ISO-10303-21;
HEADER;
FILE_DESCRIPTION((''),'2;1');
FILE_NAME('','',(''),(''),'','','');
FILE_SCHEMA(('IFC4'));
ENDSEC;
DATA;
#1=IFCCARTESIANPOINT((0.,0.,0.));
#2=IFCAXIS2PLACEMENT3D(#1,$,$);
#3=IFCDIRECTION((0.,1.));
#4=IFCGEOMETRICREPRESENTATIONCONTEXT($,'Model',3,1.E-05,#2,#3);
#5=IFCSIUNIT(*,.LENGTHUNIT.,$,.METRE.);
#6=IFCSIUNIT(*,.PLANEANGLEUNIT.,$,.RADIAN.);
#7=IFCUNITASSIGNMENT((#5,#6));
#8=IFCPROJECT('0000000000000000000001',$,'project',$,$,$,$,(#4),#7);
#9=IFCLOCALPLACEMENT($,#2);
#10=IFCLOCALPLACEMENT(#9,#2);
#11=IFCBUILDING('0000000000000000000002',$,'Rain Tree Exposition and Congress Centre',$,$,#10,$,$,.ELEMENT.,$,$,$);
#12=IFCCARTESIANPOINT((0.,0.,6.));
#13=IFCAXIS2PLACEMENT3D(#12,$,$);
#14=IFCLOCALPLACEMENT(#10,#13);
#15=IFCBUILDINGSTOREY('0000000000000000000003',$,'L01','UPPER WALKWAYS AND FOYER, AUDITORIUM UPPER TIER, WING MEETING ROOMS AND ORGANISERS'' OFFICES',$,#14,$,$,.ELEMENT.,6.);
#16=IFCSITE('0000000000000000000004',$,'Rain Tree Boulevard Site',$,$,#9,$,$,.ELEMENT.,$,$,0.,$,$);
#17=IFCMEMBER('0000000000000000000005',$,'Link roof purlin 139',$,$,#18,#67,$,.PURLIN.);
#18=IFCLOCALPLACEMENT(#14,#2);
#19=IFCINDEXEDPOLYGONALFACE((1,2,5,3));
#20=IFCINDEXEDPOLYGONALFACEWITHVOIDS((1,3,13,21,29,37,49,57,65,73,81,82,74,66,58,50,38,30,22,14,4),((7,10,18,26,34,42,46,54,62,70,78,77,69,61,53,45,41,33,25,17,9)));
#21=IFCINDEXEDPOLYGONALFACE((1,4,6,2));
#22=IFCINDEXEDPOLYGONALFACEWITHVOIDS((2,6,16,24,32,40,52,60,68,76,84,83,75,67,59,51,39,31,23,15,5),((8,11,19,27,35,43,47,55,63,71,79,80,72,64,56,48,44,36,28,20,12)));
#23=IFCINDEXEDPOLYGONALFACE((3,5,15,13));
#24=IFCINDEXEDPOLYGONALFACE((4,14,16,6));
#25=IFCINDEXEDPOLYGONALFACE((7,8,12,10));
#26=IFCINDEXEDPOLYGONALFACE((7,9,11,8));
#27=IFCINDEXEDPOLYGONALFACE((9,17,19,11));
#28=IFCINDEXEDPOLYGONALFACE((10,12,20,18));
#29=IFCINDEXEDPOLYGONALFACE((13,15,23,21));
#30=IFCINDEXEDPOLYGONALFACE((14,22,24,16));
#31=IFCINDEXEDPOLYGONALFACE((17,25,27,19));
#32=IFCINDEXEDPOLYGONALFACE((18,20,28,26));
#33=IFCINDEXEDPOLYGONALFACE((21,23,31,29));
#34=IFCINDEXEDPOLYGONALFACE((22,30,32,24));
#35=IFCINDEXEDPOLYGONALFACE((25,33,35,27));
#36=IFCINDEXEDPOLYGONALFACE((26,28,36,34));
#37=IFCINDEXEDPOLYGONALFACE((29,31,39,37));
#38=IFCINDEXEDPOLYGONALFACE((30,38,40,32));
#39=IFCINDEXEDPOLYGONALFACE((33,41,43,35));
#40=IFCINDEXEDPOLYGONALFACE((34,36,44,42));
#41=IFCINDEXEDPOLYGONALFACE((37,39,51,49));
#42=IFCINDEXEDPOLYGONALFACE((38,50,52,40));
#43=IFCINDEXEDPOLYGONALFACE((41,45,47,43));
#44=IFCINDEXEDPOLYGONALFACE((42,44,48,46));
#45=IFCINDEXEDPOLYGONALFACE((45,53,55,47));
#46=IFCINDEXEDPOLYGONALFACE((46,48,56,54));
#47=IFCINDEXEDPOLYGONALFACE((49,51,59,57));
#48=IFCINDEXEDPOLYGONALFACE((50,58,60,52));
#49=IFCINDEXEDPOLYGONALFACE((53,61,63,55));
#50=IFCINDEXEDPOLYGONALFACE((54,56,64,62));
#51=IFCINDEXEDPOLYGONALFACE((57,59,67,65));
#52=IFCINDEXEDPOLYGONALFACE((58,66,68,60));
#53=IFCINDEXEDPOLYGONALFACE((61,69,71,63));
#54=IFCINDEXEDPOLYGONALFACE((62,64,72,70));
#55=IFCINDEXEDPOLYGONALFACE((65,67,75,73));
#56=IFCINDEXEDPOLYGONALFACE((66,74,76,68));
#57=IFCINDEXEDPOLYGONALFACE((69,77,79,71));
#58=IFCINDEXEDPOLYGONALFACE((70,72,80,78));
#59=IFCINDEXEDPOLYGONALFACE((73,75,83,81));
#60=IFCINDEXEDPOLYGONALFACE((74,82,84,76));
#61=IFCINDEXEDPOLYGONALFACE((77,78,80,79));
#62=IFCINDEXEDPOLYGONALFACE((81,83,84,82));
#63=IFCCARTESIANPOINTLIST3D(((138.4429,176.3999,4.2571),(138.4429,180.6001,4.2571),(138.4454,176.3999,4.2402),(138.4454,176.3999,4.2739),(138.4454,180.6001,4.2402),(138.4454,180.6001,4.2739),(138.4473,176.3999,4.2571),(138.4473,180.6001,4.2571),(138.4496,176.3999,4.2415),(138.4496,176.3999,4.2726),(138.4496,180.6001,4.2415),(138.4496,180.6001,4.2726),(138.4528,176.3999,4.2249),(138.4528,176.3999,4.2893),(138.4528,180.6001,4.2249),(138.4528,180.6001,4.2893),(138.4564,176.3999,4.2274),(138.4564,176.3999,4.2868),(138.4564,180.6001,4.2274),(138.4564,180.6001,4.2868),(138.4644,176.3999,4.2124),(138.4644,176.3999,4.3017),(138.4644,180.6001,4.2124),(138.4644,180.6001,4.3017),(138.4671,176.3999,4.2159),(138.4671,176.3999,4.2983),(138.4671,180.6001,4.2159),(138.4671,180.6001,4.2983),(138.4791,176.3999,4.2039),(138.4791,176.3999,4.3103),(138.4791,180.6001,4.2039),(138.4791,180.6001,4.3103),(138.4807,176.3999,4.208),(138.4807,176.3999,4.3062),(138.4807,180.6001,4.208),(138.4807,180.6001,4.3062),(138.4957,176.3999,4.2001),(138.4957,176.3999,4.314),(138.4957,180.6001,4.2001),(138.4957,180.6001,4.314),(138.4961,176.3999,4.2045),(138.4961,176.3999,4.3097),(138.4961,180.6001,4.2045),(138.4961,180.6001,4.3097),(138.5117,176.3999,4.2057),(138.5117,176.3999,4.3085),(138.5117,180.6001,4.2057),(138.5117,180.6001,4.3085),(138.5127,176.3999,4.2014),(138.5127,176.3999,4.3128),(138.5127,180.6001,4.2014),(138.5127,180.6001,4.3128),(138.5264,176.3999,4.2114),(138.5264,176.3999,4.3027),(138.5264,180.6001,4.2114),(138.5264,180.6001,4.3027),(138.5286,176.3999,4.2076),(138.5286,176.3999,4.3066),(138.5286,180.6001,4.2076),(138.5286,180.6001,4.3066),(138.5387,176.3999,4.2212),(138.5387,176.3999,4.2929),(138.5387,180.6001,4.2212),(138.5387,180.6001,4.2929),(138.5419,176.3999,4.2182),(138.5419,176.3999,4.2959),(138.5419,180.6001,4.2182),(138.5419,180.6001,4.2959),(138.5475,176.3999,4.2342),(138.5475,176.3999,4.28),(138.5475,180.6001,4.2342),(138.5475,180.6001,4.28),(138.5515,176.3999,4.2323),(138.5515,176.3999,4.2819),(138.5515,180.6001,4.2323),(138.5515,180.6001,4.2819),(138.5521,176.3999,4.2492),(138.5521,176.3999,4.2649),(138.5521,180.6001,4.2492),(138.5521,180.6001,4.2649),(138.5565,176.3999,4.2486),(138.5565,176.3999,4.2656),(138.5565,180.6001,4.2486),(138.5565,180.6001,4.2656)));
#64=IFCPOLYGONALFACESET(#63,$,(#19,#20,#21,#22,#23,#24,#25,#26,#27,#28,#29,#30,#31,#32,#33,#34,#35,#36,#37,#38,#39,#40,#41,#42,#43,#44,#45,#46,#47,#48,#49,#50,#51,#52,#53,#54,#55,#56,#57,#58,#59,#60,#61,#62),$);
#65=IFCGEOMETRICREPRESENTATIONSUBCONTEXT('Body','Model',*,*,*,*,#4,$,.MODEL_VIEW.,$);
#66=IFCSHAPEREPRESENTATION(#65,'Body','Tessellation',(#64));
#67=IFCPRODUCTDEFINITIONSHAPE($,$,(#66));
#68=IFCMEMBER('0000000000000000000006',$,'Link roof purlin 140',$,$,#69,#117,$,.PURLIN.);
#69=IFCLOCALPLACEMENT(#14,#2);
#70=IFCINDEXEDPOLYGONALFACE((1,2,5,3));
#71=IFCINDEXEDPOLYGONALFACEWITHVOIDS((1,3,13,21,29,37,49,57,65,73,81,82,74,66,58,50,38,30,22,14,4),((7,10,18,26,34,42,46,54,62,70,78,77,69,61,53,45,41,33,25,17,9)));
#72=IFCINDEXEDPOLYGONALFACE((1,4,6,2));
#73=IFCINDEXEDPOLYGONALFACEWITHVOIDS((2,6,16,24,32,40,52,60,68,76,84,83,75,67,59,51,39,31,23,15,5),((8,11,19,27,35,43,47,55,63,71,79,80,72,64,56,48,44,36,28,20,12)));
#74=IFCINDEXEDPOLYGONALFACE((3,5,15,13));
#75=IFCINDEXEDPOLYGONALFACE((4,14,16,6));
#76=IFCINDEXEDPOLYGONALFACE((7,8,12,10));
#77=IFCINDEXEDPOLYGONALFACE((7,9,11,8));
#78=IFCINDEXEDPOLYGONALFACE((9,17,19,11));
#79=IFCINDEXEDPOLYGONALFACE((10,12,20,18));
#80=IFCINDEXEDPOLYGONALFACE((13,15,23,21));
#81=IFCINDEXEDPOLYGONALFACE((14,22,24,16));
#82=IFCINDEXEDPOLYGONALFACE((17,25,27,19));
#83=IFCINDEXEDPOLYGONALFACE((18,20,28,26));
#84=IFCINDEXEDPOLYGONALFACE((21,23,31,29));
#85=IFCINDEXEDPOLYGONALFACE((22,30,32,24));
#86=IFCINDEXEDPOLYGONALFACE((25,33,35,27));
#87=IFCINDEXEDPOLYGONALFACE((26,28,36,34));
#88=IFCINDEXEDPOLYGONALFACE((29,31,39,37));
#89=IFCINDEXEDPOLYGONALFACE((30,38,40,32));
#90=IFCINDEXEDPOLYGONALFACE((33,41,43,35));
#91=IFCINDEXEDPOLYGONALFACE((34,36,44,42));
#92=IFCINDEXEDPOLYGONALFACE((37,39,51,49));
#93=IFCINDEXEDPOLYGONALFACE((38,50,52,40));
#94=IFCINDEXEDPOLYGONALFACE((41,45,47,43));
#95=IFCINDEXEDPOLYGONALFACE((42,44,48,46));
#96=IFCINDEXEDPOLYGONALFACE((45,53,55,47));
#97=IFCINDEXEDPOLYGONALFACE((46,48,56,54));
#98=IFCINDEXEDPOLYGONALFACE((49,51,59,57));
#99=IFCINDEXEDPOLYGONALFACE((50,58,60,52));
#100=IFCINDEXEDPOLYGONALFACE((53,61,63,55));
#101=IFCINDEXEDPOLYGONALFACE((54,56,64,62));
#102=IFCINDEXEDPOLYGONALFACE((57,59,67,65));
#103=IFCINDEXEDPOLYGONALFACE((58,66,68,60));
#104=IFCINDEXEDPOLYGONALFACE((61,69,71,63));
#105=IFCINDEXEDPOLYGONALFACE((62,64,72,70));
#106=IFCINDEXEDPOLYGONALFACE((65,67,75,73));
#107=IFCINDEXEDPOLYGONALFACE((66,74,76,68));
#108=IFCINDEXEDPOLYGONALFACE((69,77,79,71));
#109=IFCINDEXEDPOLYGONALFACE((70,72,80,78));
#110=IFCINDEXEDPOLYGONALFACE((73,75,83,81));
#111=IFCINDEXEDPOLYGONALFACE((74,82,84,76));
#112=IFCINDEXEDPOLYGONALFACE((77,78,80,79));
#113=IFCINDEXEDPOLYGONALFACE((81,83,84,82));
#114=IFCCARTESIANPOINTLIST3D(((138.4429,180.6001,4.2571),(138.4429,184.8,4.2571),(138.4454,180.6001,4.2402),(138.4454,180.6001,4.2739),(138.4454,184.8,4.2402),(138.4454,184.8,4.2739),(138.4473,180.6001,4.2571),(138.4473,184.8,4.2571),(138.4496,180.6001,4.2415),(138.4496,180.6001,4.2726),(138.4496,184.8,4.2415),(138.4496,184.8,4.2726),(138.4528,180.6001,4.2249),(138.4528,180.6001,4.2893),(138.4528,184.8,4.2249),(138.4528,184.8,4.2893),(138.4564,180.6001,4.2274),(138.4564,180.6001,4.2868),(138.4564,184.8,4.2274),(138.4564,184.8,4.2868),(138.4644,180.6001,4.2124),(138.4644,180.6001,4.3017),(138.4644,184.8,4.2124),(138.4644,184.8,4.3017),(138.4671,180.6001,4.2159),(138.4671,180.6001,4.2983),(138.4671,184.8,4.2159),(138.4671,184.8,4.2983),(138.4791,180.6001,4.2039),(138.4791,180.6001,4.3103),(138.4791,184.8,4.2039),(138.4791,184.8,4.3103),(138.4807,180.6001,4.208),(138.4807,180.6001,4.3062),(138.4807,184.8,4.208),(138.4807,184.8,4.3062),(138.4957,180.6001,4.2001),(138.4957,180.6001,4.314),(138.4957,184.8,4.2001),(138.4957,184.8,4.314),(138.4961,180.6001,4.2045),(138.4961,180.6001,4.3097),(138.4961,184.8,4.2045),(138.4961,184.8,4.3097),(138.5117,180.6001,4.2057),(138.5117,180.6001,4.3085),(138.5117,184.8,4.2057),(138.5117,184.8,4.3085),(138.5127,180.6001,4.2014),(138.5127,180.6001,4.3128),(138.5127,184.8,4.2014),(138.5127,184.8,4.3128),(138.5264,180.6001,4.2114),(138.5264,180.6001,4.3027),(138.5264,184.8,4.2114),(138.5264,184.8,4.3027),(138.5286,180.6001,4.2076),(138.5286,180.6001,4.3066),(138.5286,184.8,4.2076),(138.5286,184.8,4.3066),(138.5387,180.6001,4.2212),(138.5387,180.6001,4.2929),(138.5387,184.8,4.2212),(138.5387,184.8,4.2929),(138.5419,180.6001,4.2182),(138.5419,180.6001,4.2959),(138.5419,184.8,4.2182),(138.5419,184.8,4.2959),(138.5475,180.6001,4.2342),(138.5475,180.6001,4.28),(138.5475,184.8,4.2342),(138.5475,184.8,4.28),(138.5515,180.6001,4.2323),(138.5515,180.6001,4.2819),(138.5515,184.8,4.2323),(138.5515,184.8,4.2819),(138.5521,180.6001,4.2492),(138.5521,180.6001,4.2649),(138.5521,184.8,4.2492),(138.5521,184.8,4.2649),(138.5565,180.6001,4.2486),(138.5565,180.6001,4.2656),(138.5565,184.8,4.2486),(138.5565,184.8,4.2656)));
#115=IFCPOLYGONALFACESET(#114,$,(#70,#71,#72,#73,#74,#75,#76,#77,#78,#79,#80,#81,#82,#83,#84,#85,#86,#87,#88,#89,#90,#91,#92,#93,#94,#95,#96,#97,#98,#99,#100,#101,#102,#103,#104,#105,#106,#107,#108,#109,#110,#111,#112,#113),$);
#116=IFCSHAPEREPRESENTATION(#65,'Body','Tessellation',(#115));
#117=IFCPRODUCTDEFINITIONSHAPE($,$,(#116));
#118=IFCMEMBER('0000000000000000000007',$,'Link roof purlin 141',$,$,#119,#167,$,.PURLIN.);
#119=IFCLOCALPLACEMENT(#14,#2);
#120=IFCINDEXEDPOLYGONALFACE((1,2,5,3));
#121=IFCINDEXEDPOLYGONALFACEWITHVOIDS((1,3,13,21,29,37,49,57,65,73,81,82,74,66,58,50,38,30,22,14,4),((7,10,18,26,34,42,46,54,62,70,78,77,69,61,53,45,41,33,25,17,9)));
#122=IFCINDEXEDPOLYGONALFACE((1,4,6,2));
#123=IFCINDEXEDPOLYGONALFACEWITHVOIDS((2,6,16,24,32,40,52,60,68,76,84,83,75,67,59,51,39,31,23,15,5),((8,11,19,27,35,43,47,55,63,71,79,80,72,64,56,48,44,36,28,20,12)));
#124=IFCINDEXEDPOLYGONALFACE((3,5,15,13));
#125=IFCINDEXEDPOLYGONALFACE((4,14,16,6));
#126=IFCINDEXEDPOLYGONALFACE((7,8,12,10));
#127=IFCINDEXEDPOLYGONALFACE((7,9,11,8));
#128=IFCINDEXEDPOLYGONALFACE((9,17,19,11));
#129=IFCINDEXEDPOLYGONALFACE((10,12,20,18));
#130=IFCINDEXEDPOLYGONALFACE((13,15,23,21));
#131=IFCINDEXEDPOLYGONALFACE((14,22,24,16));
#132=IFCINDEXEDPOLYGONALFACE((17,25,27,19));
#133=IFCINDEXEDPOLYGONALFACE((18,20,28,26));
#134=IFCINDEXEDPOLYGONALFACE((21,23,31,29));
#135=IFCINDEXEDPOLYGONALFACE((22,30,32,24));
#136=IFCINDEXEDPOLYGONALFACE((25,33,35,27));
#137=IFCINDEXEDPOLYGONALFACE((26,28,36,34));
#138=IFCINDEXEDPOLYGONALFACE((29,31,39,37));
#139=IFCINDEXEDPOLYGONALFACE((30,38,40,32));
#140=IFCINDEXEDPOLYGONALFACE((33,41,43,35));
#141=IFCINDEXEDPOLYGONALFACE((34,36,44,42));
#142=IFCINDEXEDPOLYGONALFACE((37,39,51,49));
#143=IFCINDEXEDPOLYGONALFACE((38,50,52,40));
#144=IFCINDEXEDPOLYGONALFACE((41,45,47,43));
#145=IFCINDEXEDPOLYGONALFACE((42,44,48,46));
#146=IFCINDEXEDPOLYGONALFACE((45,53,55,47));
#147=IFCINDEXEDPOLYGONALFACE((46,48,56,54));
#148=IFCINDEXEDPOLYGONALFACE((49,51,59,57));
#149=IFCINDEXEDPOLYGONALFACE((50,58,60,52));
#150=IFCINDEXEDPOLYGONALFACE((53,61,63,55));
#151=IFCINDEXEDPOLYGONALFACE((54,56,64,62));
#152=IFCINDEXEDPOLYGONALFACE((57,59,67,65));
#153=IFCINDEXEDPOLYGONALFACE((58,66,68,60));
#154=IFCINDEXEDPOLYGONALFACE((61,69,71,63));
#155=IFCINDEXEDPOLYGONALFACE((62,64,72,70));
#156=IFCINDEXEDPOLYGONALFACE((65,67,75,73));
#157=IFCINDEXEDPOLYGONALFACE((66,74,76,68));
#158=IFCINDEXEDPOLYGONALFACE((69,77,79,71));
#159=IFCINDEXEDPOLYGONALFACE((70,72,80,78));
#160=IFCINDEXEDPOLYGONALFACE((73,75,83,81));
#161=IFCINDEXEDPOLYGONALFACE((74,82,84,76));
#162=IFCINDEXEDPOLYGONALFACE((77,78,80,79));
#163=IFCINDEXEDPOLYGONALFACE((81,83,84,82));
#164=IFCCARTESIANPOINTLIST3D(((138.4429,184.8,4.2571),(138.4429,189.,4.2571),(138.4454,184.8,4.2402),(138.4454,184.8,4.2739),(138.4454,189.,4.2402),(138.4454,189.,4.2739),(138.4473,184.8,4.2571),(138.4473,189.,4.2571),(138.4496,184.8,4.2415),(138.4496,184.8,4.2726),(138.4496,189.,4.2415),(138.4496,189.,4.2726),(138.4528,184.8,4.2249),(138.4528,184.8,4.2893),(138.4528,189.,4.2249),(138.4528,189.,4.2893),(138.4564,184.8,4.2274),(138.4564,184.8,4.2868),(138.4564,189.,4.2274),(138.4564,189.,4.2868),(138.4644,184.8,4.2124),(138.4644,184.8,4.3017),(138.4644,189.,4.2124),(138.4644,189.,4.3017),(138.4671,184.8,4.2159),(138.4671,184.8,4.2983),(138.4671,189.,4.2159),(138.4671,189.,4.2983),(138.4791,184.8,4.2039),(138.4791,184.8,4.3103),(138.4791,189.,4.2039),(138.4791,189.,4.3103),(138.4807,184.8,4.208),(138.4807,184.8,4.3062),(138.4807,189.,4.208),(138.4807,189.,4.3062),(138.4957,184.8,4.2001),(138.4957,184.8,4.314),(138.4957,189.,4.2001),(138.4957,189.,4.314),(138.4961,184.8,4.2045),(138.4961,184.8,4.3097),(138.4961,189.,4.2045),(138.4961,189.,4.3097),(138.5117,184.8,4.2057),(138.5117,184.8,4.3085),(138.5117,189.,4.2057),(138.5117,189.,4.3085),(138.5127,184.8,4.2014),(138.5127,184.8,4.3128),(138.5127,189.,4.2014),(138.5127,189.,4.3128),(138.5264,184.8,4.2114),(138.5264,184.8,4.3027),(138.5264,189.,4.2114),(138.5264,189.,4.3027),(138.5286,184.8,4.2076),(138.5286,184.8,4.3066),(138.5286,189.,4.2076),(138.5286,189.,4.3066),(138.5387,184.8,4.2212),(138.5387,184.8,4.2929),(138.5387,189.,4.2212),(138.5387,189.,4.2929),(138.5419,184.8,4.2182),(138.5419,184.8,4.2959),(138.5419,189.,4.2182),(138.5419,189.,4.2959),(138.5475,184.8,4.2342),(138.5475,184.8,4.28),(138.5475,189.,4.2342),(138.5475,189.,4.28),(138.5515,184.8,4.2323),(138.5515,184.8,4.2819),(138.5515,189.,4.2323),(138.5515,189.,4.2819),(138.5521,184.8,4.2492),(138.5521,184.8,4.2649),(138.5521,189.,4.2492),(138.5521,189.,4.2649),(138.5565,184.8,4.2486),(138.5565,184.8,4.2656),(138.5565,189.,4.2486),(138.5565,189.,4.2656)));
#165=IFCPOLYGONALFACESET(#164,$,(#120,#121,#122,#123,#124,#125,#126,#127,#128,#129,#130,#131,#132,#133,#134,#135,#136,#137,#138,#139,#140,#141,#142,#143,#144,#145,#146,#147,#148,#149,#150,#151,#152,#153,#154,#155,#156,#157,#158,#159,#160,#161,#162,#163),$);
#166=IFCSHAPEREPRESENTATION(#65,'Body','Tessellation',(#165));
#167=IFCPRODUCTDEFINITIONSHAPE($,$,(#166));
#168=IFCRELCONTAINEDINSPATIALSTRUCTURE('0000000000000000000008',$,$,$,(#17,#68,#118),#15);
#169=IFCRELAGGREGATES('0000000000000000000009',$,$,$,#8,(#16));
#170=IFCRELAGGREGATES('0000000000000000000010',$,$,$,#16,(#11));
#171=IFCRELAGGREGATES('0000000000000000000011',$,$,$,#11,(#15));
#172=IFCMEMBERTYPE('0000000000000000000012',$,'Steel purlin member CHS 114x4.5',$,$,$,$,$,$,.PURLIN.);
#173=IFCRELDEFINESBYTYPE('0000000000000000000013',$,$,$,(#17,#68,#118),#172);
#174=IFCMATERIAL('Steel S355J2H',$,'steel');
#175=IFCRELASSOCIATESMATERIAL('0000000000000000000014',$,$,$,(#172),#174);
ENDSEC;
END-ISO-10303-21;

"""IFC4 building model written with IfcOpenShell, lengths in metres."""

from ifc_helpers import new_model, si_unit, direction, frame, origin, origin_2d, place, context, subcontext, project, spatial, hollow_circle, extrude, material, material_profile, profile_set, type_object, element, save


model = new_model("IFC4")

# Units and contexts
model_context = context("Model", 3, precision=1e-05, world=origin(), true_north=direction((0.0, 1.0)))
body_context = subcontext(model_context, "Body", "Model", "MODEL_VIEW")
ifc_project = project(units=[si_unit("LENGTHUNIT", "METRE"), si_unit("PLANEANGLEUNIT", "RADIAN")], contexts=[model_context])

# Site, building, storey
site_placement = place(None, origin())
site = spatial("IfcSite", under=ifc_project, at=site_placement, Name="Rain Tree Boulevard Site", CompositionType="ELEMENT", RefElevation=0.0)
building_placement = place(site_placement, origin())
building = spatial("IfcBuilding", under=site, at=building_placement, Name="Rain Tree Exposition and Congress Centre", CompositionType="ELEMENT")
storey_placement = place(building_placement, frame((0.0, 0.0, 6.0)))
storey = spatial("IfcBuildingStorey", under=building, at=storey_placement, Name="L01", Description="UPPER WALKWAYS AND FOYER, AUDITORIUM UPPER TIER, WING MEETING ROOMS AND ORGANISERS' OFFICES", CompositionType="ELEMENT", Elevation=6.0)

# Members
ifc_material_1 = material(Name="Steel S355J2H", Category="steel")
ifc_material_profile = material_profile(ifc_material_1, hollow_circle(Radius=0.0571, WallThickness=0.0044, at=origin_2d()), Name="CHS 114x4.5")
ifc_profile_set = profile_set([ifc_material_profile], Name="Steel S355J2H")
member_type = type_object("IfcMemberType", Name="Steel purlin member CHS 114x4.5", PredefinedType="PURLIN", material=ifc_profile_set)
member_1_placement = place(storey_placement, frame((138.5, 176.3999, 4.2571), z_axis=(0.0, 1.0, 0.0), x_axis=(-1.0, 0.0, 0.0)))
element("IfcMember", 1, at=member_1_placement, inside=storey, type_object=member_type, Name="Link roof purlin 139", PredefinedType="PURLIN", context=body_context, shape_type="SweptSolid", body=[
    extrude(hollow_circle(Radius=0.0571, WallThickness=0.0044, at=origin_2d()), origin(), (0.0, 0.0, 1.0), 4.2002),
])
for number, where, z_axis, x_axis, name in (
    (2, (138.5, 180.6001, 4.2571), (0.0, 1.0, 0.0), (-1.0, 0.0, 0.0), "Link roof purlin 140"),
    (3, (138.5, 184.8, 4.2571), (0.0, 1.0, 0.0), (-1.0, 0.0, 0.0), "Link roof purlin 141"),
):
    element("IfcMember", number, at=place(storey_placement, frame(where, z_axis=z_axis, x_axis=x_axis)), inside=storey, type_object=member_type, Name=name, PredefinedType="PURLIN", context=body_context, shape_type="SweptSolid", body=[
        extrude(hollow_circle(Radius=0.0571, WallThickness=0.0044, at=origin_2d()), origin(), (0.0, 0.0, 1.0), 4.2),
    ])

save(model, "model.ifc")
